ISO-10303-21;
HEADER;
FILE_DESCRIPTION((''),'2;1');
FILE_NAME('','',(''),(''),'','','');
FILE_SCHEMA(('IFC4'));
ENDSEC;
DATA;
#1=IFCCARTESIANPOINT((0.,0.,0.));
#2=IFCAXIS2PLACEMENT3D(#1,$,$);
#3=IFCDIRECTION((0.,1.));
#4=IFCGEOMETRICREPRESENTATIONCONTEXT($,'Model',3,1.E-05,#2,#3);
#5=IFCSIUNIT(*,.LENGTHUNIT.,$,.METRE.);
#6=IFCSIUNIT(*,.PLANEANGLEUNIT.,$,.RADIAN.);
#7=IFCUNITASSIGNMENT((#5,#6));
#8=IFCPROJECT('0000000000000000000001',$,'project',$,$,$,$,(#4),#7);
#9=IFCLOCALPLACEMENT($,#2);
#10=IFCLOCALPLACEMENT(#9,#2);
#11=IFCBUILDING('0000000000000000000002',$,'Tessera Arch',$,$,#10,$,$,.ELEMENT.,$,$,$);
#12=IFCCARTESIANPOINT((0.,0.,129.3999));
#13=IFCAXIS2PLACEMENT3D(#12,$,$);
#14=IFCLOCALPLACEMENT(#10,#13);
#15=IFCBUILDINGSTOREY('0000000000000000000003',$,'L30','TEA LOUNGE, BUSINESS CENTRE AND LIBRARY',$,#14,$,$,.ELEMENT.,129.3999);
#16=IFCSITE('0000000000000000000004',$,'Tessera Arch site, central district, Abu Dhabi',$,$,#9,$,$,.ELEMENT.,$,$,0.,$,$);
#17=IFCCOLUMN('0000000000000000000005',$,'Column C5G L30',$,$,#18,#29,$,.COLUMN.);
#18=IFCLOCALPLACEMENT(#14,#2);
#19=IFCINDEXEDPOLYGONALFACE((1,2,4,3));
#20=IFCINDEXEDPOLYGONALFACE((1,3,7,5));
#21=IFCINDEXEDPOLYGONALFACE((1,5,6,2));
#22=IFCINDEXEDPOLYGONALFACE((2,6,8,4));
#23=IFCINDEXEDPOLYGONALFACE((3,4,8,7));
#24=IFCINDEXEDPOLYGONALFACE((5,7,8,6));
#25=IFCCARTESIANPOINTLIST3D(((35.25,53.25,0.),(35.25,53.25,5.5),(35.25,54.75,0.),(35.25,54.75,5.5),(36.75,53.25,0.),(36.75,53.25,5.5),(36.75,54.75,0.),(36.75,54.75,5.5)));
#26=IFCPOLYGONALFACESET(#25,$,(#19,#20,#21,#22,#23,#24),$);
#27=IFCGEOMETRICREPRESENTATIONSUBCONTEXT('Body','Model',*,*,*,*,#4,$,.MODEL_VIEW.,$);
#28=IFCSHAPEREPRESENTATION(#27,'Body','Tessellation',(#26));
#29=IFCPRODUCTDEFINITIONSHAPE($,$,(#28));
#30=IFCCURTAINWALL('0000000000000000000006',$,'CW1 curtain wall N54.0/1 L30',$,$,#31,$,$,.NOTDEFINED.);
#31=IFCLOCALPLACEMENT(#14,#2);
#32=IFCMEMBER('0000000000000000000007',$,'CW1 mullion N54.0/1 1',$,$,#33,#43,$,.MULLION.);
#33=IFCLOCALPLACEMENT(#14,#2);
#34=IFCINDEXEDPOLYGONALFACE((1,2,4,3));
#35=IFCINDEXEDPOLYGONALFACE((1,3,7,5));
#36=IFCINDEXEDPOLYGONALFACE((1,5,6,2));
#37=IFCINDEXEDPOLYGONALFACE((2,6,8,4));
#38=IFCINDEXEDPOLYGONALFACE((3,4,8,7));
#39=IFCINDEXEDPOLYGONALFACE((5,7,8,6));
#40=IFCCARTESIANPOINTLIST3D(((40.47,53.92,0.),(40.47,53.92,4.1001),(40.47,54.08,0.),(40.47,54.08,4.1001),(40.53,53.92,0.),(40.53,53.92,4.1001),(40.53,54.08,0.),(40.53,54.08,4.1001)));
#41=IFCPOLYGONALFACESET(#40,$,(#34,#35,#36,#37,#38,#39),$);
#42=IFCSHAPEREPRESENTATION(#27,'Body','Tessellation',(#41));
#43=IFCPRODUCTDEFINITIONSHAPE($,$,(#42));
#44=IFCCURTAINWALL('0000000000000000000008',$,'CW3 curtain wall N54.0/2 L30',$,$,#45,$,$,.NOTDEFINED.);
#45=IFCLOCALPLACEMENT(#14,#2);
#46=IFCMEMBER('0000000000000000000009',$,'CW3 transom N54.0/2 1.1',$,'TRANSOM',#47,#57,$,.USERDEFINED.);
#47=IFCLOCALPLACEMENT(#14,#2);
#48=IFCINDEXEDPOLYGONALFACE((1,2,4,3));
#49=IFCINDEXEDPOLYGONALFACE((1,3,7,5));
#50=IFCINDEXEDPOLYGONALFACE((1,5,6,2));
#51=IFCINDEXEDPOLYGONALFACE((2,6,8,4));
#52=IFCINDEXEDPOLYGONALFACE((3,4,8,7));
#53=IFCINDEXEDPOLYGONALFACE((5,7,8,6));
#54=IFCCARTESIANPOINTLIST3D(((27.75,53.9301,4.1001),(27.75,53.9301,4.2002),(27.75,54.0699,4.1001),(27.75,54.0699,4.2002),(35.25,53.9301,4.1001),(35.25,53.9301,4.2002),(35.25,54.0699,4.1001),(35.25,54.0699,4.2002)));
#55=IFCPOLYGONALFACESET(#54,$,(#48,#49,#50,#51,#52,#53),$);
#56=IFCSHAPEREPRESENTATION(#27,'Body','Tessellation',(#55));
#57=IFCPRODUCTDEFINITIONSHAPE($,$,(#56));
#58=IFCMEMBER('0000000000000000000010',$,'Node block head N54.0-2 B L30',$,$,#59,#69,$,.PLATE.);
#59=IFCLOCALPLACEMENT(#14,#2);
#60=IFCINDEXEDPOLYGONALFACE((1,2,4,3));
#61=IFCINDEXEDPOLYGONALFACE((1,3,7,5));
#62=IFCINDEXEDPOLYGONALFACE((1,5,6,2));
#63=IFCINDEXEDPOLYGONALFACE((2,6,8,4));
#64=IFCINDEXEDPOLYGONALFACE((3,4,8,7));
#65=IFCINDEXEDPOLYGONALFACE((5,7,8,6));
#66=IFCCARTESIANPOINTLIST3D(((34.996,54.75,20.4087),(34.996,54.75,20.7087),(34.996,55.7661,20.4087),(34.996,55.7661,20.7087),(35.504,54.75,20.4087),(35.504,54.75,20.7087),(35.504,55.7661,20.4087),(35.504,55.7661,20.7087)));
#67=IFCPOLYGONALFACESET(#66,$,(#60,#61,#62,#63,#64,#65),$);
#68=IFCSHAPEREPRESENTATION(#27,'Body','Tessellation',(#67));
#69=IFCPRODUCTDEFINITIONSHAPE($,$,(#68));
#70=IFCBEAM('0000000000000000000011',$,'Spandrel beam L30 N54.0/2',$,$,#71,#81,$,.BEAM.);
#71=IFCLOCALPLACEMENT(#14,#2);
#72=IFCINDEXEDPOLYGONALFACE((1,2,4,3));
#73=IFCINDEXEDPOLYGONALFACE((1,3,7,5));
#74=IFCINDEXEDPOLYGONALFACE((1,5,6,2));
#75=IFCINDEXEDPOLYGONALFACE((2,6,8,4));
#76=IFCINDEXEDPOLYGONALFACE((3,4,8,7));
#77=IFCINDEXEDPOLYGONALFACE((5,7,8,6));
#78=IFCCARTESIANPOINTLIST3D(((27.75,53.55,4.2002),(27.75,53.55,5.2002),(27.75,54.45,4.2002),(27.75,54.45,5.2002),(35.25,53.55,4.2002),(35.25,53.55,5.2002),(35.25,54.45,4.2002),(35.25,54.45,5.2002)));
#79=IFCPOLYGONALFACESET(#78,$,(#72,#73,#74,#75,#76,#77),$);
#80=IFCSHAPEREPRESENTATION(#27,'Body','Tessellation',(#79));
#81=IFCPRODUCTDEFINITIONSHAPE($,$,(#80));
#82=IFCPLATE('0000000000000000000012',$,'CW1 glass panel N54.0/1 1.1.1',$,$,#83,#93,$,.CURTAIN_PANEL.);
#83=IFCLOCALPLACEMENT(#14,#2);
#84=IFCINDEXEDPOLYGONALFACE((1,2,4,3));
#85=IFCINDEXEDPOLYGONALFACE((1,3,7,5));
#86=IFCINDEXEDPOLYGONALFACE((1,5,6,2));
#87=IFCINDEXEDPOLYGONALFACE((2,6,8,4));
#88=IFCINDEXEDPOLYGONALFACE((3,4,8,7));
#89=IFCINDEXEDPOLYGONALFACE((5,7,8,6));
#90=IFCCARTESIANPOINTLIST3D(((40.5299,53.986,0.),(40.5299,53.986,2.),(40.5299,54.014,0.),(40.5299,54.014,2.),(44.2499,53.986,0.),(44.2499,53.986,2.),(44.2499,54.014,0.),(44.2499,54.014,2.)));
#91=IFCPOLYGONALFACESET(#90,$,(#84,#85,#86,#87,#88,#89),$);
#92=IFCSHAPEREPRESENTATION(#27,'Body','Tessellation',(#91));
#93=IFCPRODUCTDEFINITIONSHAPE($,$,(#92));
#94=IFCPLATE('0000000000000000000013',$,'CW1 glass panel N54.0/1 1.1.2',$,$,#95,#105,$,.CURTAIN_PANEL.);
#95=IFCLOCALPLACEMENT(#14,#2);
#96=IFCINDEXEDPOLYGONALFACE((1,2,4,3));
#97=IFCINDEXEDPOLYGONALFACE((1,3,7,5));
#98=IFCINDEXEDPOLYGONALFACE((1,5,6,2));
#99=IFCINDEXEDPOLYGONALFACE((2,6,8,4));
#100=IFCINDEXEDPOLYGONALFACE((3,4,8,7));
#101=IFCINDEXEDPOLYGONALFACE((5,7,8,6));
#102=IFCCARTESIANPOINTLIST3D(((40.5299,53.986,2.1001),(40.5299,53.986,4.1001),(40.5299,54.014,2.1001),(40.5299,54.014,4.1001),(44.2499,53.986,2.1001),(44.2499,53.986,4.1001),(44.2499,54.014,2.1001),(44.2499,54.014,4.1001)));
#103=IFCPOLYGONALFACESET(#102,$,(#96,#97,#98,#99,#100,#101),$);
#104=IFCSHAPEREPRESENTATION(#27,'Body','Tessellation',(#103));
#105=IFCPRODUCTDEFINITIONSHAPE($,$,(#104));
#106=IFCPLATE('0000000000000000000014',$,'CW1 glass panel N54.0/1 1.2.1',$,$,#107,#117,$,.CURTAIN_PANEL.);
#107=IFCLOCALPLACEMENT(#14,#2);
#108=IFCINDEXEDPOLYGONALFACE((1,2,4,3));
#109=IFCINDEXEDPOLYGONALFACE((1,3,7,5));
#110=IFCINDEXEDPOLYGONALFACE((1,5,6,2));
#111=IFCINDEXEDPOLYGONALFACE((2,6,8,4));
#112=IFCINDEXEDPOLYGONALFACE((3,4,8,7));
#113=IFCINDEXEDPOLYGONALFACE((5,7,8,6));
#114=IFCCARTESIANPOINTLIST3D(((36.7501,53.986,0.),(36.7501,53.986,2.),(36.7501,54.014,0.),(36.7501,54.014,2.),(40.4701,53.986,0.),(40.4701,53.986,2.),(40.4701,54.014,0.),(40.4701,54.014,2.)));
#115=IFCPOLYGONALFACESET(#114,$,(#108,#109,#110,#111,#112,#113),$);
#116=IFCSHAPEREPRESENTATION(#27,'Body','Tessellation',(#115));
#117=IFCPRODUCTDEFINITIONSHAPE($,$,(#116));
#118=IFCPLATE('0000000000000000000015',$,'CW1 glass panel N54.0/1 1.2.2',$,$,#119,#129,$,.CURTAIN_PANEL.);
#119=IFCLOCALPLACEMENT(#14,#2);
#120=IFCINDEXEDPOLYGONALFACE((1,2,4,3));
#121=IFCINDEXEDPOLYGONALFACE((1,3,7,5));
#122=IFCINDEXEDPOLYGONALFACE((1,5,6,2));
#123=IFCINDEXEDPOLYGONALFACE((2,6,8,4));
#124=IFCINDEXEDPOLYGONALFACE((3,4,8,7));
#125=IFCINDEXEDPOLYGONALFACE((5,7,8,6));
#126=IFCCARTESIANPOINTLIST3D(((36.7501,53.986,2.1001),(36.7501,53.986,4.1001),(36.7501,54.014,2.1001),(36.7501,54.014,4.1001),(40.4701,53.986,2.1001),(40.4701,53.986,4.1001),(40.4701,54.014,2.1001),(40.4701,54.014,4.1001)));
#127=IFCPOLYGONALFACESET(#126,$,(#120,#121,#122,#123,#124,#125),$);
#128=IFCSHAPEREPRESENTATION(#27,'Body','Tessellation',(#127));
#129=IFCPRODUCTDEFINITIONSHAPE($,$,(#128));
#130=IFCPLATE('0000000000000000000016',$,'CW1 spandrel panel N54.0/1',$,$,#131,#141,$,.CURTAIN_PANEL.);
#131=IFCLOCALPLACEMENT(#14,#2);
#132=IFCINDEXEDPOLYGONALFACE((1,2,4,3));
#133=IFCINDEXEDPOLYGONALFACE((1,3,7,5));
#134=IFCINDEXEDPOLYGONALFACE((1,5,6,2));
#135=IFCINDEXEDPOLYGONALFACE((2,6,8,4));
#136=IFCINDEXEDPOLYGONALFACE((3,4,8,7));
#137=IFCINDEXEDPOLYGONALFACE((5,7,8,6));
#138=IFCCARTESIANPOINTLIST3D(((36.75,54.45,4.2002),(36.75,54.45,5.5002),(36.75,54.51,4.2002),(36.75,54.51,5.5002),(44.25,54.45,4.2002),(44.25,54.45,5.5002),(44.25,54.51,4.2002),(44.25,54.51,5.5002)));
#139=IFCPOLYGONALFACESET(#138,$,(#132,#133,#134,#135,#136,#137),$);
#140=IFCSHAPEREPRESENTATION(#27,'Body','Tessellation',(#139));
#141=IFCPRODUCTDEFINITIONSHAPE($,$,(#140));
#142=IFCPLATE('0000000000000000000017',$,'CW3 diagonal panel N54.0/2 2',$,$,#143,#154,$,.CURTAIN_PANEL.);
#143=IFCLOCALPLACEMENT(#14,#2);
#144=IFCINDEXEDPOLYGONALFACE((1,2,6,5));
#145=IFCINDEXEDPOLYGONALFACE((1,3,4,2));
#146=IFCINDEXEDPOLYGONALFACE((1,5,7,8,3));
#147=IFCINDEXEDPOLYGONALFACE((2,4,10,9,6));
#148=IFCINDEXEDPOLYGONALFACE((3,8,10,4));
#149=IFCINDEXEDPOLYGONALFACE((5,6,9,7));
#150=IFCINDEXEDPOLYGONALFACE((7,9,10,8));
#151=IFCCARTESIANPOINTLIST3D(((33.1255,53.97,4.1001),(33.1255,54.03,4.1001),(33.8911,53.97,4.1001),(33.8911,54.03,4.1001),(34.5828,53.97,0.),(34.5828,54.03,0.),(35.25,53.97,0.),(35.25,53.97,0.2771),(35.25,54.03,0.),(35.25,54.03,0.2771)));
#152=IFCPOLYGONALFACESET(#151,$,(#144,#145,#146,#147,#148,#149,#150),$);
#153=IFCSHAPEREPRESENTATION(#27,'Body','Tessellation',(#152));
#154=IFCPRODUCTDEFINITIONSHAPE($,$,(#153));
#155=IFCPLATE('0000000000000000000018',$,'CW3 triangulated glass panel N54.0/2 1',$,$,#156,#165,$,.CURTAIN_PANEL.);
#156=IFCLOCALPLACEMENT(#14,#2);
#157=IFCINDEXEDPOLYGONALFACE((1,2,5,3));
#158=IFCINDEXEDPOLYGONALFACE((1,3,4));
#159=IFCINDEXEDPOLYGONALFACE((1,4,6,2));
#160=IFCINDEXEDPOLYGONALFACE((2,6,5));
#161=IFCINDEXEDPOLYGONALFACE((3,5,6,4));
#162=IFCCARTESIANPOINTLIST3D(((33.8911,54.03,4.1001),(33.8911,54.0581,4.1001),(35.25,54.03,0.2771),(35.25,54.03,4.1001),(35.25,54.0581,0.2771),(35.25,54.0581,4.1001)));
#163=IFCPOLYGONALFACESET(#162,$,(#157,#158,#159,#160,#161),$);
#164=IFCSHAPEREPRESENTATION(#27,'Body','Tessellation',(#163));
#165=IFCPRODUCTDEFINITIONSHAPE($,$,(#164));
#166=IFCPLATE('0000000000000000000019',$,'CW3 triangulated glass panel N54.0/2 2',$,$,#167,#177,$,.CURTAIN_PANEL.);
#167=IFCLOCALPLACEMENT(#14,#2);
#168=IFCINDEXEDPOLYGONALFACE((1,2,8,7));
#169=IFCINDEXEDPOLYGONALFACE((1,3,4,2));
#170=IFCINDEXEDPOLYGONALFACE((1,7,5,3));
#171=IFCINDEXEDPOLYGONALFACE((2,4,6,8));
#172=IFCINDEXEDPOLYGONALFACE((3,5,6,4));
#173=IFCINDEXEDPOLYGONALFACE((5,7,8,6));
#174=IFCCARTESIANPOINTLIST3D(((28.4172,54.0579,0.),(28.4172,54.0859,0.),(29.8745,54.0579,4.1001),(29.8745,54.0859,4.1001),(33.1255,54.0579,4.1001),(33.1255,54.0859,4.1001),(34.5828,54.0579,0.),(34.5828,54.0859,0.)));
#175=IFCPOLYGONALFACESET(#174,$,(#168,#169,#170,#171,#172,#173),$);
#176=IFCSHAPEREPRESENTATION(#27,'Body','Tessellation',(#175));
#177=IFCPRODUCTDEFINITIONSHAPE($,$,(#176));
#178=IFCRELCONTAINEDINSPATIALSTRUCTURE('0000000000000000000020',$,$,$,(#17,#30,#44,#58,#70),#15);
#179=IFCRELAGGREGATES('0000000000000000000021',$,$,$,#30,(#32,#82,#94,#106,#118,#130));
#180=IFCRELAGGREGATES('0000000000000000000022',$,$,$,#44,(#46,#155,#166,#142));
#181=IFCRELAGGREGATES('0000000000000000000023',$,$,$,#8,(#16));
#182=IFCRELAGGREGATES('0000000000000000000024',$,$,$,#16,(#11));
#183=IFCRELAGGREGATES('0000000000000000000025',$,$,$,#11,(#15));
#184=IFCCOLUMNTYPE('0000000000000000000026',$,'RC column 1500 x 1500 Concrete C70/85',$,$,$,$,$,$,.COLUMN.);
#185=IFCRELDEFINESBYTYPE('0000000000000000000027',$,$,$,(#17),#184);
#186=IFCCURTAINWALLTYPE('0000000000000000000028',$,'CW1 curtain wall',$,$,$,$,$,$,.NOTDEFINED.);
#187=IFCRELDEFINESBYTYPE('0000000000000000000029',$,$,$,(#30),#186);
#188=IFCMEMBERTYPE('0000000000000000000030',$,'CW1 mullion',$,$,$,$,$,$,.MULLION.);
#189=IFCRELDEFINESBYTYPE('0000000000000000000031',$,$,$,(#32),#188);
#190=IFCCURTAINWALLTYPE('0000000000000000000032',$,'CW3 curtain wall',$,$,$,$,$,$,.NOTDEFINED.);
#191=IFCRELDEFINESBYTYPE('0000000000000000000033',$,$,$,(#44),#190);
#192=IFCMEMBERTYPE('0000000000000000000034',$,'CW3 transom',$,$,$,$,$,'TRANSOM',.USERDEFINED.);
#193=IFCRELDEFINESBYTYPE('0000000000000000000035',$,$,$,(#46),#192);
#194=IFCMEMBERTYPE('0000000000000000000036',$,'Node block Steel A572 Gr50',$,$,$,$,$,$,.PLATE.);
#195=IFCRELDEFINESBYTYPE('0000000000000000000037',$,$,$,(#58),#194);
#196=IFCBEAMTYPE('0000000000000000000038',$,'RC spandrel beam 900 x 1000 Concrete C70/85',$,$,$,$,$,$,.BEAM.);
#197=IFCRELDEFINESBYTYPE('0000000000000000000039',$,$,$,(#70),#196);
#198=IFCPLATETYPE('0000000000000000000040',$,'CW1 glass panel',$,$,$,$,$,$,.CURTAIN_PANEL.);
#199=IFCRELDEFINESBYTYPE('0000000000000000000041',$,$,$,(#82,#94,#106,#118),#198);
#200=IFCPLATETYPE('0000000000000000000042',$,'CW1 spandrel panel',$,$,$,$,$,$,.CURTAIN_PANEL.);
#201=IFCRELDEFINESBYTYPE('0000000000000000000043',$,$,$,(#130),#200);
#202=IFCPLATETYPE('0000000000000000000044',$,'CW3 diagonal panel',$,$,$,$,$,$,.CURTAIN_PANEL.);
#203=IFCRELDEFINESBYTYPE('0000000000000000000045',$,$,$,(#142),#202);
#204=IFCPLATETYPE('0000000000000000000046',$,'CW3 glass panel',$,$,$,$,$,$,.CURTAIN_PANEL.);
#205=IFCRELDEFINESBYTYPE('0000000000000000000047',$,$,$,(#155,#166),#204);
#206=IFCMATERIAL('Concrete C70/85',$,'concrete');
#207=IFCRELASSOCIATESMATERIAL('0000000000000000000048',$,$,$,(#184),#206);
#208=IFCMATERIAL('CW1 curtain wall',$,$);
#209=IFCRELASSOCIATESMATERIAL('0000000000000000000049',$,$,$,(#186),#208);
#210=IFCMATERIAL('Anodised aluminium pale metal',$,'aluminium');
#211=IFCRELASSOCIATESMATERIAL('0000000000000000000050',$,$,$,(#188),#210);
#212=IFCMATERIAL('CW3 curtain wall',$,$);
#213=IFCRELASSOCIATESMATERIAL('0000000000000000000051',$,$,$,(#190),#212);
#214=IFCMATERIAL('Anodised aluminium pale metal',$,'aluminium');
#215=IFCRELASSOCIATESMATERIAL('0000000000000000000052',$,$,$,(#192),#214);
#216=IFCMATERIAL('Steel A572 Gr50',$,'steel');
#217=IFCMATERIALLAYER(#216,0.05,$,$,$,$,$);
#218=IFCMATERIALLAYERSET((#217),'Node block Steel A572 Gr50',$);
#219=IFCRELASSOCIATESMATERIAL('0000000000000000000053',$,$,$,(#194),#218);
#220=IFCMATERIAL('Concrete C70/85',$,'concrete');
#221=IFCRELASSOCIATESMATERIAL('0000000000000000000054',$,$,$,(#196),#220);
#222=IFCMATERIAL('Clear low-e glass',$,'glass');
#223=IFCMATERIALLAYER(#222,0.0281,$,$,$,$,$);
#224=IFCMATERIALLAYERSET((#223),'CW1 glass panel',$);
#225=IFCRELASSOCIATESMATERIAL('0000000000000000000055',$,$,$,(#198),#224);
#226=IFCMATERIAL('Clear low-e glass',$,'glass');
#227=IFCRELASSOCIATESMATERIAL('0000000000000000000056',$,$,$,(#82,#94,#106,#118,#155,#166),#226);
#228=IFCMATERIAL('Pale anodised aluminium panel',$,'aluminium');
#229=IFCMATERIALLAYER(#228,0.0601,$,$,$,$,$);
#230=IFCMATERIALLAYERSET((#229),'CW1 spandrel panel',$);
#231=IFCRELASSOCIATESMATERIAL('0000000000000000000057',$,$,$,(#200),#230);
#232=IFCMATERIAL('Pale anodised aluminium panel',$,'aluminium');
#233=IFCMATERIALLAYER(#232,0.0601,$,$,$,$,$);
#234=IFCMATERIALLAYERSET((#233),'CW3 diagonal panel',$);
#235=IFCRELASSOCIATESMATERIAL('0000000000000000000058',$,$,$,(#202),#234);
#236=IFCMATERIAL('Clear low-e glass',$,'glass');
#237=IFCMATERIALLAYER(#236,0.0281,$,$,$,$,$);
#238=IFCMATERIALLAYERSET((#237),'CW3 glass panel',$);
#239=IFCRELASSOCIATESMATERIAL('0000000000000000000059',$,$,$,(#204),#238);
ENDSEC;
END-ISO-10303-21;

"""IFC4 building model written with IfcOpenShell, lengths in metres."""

from ifc_helpers import new_model, si_unit, direction, frame, origin, origin_2d, place, context, subcontext, project, spatial, polyline, rectangle, outline, extrude, material, layer, layer_set, material_profile, profile_set, type_object, element, aggregate, save


model = new_model("IFC4")

# Units and contexts
model_context = context("Model", 3, precision=1e-05, world=origin(), true_north=direction((0.0, 1.0)))
body_context = subcontext(model_context, "Body", "Model", "MODEL_VIEW")
ifc_project = project(units=[si_unit("LENGTHUNIT", "METRE"), si_unit("PLANEANGLEUNIT", "RADIAN")], contexts=[model_context])

# Site, building, storey
site_placement = place(None, origin())
site = spatial("IfcSite", under=ifc_project, at=site_placement, Name="Tessera Arch site, central district, Abu Dhabi", CompositionType="ELEMENT", RefElevation=0.0)
building_placement = place(site_placement, origin())
building = spatial("IfcBuilding", under=site, at=building_placement, Name="Tessera Arch", CompositionType="ELEMENT")
storey_placement = place(building_placement, frame((0.0, 0.0, 129.3999)))
storey = spatial("IfcBuildingStorey", under=building, at=storey_placement, Name="L30", Description="TEA LOUNGE, BUSINESS CENTRE AND LIBRARY", CompositionType="ELEMENT", Elevation=129.3999)

# Column
ifc_material_1 = material(Name="Concrete C70/85", Category="concrete")
ifc_material_profile_1 = material_profile(ifc_material_1, rectangle(XDim=1.5, YDim=1.5, at=origin_2d()), Name="RC column 1500 x 1500 Concrete C70/85")
ifc_profile_set_1 = profile_set([ifc_material_profile_1], Name="Concrete C70/85")
column_type = type_object("IfcColumnType", Name="RC column 1500 x 1500 Concrete C70/85", PredefinedType="COLUMN", material=ifc_profile_set_1)
column_placement = place(storey_placement, frame((36.0, 54.0, 0.0), z_axis=(0.0, 0.0, 1.0), x_axis=(1.0, 0.0, 0.0)))
element("IfcColumn", 1, at=column_placement, inside=storey, type_object=column_type, Name="Column C5G L30", PredefinedType="COLUMN", context=body_context, shape_type="SweptSolid", body=[
    extrude(rectangle(XDim=1.5, YDim=1.5, at=origin_2d()), origin(), (0.0, 0.0, 1.0), 5.5),
])

# Curtain walls, members
ifc_material_2 = material(Name="CW1 curtain wall")
curtain_wall_type_1 = type_object("IfcCurtainWallType", Name="CW1 curtain wall", PredefinedType="NOTDEFINED", material=ifc_material_2)
curtain_wall_1_placement = place(storey_placement, origin())
curtain_wall_1 = element("IfcCurtainWall", 2, at=curtain_wall_1_placement, inside=storey, type_object=curtain_wall_type_1, Name="CW1 curtain wall N54.0/1 L30", PredefinedType="NOTDEFINED")
ifc_material_3 = material(Name="Anodised aluminium pale metal", Category="aluminium")
ifc_material_profile_2 = material_profile(ifc_material_3, rectangle(XDim=0.1599, YDim=0.0601, at=origin_2d()), Name="AL 60x160")
ifc_profile_set_2 = profile_set([ifc_material_profile_2], Name="Anodised aluminium pale metal")
member_type_1 = type_object("IfcMemberType", Name="CW1 mullion", PredefinedType="MULLION", material=ifc_profile_set_2)
member_1_placement = place(storey_placement, frame((40.5, 54.0, 0.0), z_axis=(0.0, 0.0, 1.0), x_axis=(0.0, -1.0, 0.0)))
member_1 = element("IfcMember", 3, at=member_1_placement, type_object=member_type_1, Name="CW1 mullion N54.0/1 1", PredefinedType="MULLION", context=body_context, shape_type="SweptSolid", body=[
    extrude(rectangle(XDim=0.1599, YDim=0.0601, at=origin_2d()), origin(), (0.0, 0.0, 1.0), 4.1001),
])
ifc_material_4 = material(Name="CW3 curtain wall")
curtain_wall_type_2 = type_object("IfcCurtainWallType", Name="CW3 curtain wall", PredefinedType="NOTDEFINED", material=ifc_material_4)
curtain_wall_2_placement = place(storey_placement, origin())
curtain_wall_2 = element("IfcCurtainWall", 4, at=curtain_wall_2_placement, inside=storey, type_object=curtain_wall_type_2, Name="CW3 curtain wall N54.0/2 L30", PredefinedType="NOTDEFINED")
ifc_material_5 = material(Name="Anodised aluminium pale metal", Category="aluminium")
ifc_material_profile_3 = material_profile(ifc_material_5, rectangle(XDim=0.1399, YDim=0.1001, at=origin_2d()), Name="AL 140x100")
ifc_profile_set_3 = profile_set([ifc_material_profile_3], Name="Anodised aluminium pale metal")
member_type_2 = type_object("IfcMemberType", Name="CW3 transom", ElementType="TRANSOM", PredefinedType="USERDEFINED", material=ifc_profile_set_3)
member_2_placement = place(storey_placement, frame((35.25, 54.0, 4.1501), z_axis=(-1.0, 0.0, 0.0), x_axis=(0.0, -1.0, 0.0)))
member_2 = element("IfcMember", 5, at=member_2_placement, type_object=member_type_2, Name="CW3 transom N54.0/2 1.1", ObjectType="TRANSOM", PredefinedType="USERDEFINED", context=body_context, shape_type="SweptSolid", body=[
    extrude(rectangle(XDim=0.1399, YDim=0.1001, at=origin_2d()), origin(), (0.0, 0.0, 1.0), 7.5),
])

# Member
ifc_material_6 = material(Name="Steel A572 Gr50", Category="steel")
ifc_layer_1 = layer(ifc_material_6, 0.05)
ifc_layer_set_1 = layer_set([ifc_layer_1], Name="Node block Steel A572 Gr50")
member_type_3 = type_object("IfcMemberType", Name="Node block Steel A572 Gr50", PredefinedType="PLATE", material=ifc_layer_set_1)
member_3_placement = place(storey_placement, frame((35.25, 55.2581, 20.4087), z_axis=(0.0, 0.0, 1.0), x_axis=(-1.0, 0.0, 0.0)))
element("IfcMember", 6, at=member_3_placement, inside=storey, type_object=member_type_3, Name="Node block head N54.0-2 B L30", PredefinedType="PLATE", context=body_context, shape_type="SweptSolid", body=[
    extrude(rectangle(XDim=0.5081, YDim=1.0161, at=origin_2d()), origin(), (0.0, 0.0, 1.0), 0.3),
])

# Beam
ifc_material_7 = material(Name="Concrete C70/85", Category="concrete")
ifc_material_profile_4 = material_profile(ifc_material_7, rectangle(XDim=0.8999, YDim=1.0, at=origin_2d()), Name="RC spandrel beam 900 x 1000 Concrete C70/85")
ifc_profile_set_4 = profile_set([ifc_material_profile_4], Name="Concrete C70/85")
beam_type = type_object("IfcBeamType", Name="RC spandrel beam 900 x 1000 Concrete C70/85", PredefinedType="BEAM", material=ifc_profile_set_4)
beam_placement = place(storey_placement, frame((35.25, 54.0, 4.7002), z_axis=(-1.0, 0.0, 0.0), x_axis=(0.0, -1.0, 0.0)))
element("IfcBeam", 7, at=beam_placement, inside=storey, type_object=beam_type, Name="Spandrel beam L30 N54.0/2", PredefinedType="BEAM", context=body_context, shape_type="SweptSolid", body=[
    extrude(rectangle(XDim=0.8999, YDim=1.0, at=origin_2d()), origin(), (0.0, 0.0, 1.0), 7.5),
])

# Plates
ifc_material_8 = material(Name="Clear low-e glass", Category="glass")
ifc_material_9 = material(Name="Clear low-e glass", Category="glass")
ifc_layer_2 = layer(ifc_material_9, 0.0281)
ifc_layer_set_2 = layer_set([ifc_layer_2], Name="CW1 glass panel")
plate_type_1 = type_object("IfcPlateType", Name="CW1 glass panel", PredefinedType="CURTAIN_PANEL", material=ifc_layer_set_2)
plate_1_placement = place(storey_placement, frame((42.3899, 54.0, 0.0), z_axis=(0.0, 0.0, 1.0), x_axis=(-1.0, 0.0, 0.0)))
plate_1 = element("IfcPlate", 8, at=plate_1_placement, type_object=plate_type_1, material=ifc_material_8, Name="CW1 glass panel N54.0/1 1.1.1", PredefinedType="CURTAIN_PANEL", context=body_context, shape_type="SweptSolid", body=[
    extrude(rectangle(XDim=3.72, YDim=0.0281, at=origin_2d()), origin(), (0.0, 0.0, 1.0), 2.0),
])
plate_2_placement = place(storey_placement, frame((42.3899, 54.0, 2.1001), z_axis=(0.0, 0.0, 1.0), x_axis=(-1.0, 0.0, 0.0)))
plate_2 = element("IfcPlate", 9, at=plate_2_placement, type_object=plate_type_1, material=ifc_material_8, Name="CW1 glass panel N54.0/1 1.1.2", PredefinedType="CURTAIN_PANEL", context=body_context, shape_type="SweptSolid", body=[
    extrude(rectangle(XDim=3.72, YDim=0.0281, at=origin_2d()), origin(), (0.0, 0.0, 1.0), 2.0),
])
plate_3_placement = place(storey_placement, frame((38.6101, 54.0, 0.0), z_axis=(0.0, 0.0, 1.0), x_axis=(-1.0, 0.0, 0.0)))
plate_3 = element("IfcPlate", 10, at=plate_3_placement, type_object=plate_type_1, material=ifc_material_8, Name="CW1 glass panel N54.0/1 1.2.1", PredefinedType="CURTAIN_PANEL", context=body_context, shape_type="SweptSolid", body=[
    extrude(rectangle(XDim=3.72, YDim=0.0281, at=origin_2d()), origin(), (0.0, 0.0, 1.0), 2.0),
])
plate_4_placement = place(storey_placement, frame((38.6101, 54.0, 2.1001), z_axis=(0.0, 0.0, 1.0), x_axis=(-1.0, 0.0, 0.0)))
plate_4 = element("IfcPlate", 11, at=plate_4_placement, type_object=plate_type_1, material=ifc_material_8, Name="CW1 glass panel N54.0/1 1.2.2", PredefinedType="CURTAIN_PANEL", context=body_context, shape_type="SweptSolid", body=[
    extrude(rectangle(XDim=3.72, YDim=0.0281, at=origin_2d()), origin(), (0.0, 0.0, 1.0), 2.0),
])
ifc_material_10 = material(Name="Pale anodised aluminium panel", Category="aluminium")
ifc_layer_3 = layer(ifc_material_10, 0.0601)
ifc_layer_set_3 = layer_set([ifc_layer_3], Name="CW1 spandrel panel")
plate_type_2 = type_object("IfcPlateType", Name="CW1 spandrel panel", PredefinedType="CURTAIN_PANEL", material=ifc_layer_set_3)
plate_5_placement = place(storey_placement, frame((40.5, 54.48, 4.2002), z_axis=(0.0, 0.0, 1.0), x_axis=(-1.0, 0.0, 0.0)))
plate_5 = element("IfcPlate", 12, at=plate_5_placement, type_object=plate_type_2, Name="CW1 spandrel panel N54.0/1", PredefinedType="CURTAIN_PANEL", context=body_context, shape_type="SweptSolid", body=[
    extrude(rectangle(XDim=7.5, YDim=0.0601, at=origin_2d()), origin(), (0.0, 0.0, 1.0), 1.3),
])
aggregate(curtain_wall_1, [member_1, plate_1, plate_2, plate_3, plate_4, plate_5])
ifc_material_11 = material(Name="Pale anodised aluminium panel", Category="aluminium")
ifc_layer_4 = layer(ifc_material_11, 0.0601)
ifc_layer_set_4 = layer_set([ifc_layer_4], Name="CW3 diagonal panel")
plate_type_3 = type_object("IfcPlateType", Name="CW3 diagonal panel", PredefinedType="CURTAIN_PANEL", material=ifc_layer_set_4)
plate_6_placement = place(storey_placement, frame((33.1255, 54.03, 4.1001), z_axis=(0.0, 1.0, 0.0), x_axis=(1.0, 0.0, 0.0)))
plate_6 = element("IfcPlate", 13, at=plate_6_placement, type_object=plate_type_3, Name="CW3 diagonal panel N54.0/2 2", PredefinedType="CURTAIN_PANEL", context=body_context, shape_type="SweptSolid", body=[
    extrude(outline(polyline([(0.0, 0.0), (0.7656, 0.0), (2.1245, 3.823), (2.1245, 4.1001), (1.4573, 4.1001), (0.0, 0.0)])), origin(), (0.0, 0.0, -1.0), 0.0601),
])
ifc_material_12 = material(Name="Clear low-e glass", Category="glass")
ifc_layer_5 = layer(ifc_material_12, 0.0281)
ifc_layer_set_5 = layer_set([ifc_layer_5], Name="CW3 glass panel")
plate_type_4 = type_object("IfcPlateType", Name="CW3 glass panel", PredefinedType="CURTAIN_PANEL", material=ifc_layer_set_5)
plate_7_placement = place(storey_placement, frame((35.25, 54.0581, 4.1001), z_axis=(0.0, 1.0, 0.0), x_axis=(0.0, 0.0, -1.0)))
plate_7 = element("IfcPlate", 14, at=plate_7_placement, type_object=plate_type_4, material=ifc_material_8, Name="CW3 triangulated glass panel N54.0/2 1", PredefinedType="CURTAIN_PANEL", context=body_context, shape_type="SweptSolid", body=[
    extrude(outline(polyline([(0.0, 0.0), (3.823, 0.0), (0.0, 1.3589), (0.0, 0.0)])), origin(), (0.0, 0.0, -1.0), 0.0281),
])
plate_8_placement = place(storey_placement, frame((29.8745, 54.0859, 4.1001), z_axis=(0.0, 1.0, 0.0), x_axis=(1.0, 0.0, 0.0)))
plate_8 = element("IfcPlate", 15, at=plate_8_placement, type_object=plate_type_4, material=ifc_material_8, Name="CW3 triangulated glass panel N54.0/2 2", PredefinedType="CURTAIN_PANEL", context=body_context, shape_type="SweptSolid", body=[
    extrude(outline(polyline([(0.0, 0.0), (3.251, 0.0), (4.7083, 4.1001), (-1.4573, 4.1001), (0.0, 0.0)])), origin(), (0.0, 0.0, -1.0), 0.0281),
])
aggregate(curtain_wall_2, [member_2, plate_7, plate_8, plate_6])

save(model, "model.ifc")
